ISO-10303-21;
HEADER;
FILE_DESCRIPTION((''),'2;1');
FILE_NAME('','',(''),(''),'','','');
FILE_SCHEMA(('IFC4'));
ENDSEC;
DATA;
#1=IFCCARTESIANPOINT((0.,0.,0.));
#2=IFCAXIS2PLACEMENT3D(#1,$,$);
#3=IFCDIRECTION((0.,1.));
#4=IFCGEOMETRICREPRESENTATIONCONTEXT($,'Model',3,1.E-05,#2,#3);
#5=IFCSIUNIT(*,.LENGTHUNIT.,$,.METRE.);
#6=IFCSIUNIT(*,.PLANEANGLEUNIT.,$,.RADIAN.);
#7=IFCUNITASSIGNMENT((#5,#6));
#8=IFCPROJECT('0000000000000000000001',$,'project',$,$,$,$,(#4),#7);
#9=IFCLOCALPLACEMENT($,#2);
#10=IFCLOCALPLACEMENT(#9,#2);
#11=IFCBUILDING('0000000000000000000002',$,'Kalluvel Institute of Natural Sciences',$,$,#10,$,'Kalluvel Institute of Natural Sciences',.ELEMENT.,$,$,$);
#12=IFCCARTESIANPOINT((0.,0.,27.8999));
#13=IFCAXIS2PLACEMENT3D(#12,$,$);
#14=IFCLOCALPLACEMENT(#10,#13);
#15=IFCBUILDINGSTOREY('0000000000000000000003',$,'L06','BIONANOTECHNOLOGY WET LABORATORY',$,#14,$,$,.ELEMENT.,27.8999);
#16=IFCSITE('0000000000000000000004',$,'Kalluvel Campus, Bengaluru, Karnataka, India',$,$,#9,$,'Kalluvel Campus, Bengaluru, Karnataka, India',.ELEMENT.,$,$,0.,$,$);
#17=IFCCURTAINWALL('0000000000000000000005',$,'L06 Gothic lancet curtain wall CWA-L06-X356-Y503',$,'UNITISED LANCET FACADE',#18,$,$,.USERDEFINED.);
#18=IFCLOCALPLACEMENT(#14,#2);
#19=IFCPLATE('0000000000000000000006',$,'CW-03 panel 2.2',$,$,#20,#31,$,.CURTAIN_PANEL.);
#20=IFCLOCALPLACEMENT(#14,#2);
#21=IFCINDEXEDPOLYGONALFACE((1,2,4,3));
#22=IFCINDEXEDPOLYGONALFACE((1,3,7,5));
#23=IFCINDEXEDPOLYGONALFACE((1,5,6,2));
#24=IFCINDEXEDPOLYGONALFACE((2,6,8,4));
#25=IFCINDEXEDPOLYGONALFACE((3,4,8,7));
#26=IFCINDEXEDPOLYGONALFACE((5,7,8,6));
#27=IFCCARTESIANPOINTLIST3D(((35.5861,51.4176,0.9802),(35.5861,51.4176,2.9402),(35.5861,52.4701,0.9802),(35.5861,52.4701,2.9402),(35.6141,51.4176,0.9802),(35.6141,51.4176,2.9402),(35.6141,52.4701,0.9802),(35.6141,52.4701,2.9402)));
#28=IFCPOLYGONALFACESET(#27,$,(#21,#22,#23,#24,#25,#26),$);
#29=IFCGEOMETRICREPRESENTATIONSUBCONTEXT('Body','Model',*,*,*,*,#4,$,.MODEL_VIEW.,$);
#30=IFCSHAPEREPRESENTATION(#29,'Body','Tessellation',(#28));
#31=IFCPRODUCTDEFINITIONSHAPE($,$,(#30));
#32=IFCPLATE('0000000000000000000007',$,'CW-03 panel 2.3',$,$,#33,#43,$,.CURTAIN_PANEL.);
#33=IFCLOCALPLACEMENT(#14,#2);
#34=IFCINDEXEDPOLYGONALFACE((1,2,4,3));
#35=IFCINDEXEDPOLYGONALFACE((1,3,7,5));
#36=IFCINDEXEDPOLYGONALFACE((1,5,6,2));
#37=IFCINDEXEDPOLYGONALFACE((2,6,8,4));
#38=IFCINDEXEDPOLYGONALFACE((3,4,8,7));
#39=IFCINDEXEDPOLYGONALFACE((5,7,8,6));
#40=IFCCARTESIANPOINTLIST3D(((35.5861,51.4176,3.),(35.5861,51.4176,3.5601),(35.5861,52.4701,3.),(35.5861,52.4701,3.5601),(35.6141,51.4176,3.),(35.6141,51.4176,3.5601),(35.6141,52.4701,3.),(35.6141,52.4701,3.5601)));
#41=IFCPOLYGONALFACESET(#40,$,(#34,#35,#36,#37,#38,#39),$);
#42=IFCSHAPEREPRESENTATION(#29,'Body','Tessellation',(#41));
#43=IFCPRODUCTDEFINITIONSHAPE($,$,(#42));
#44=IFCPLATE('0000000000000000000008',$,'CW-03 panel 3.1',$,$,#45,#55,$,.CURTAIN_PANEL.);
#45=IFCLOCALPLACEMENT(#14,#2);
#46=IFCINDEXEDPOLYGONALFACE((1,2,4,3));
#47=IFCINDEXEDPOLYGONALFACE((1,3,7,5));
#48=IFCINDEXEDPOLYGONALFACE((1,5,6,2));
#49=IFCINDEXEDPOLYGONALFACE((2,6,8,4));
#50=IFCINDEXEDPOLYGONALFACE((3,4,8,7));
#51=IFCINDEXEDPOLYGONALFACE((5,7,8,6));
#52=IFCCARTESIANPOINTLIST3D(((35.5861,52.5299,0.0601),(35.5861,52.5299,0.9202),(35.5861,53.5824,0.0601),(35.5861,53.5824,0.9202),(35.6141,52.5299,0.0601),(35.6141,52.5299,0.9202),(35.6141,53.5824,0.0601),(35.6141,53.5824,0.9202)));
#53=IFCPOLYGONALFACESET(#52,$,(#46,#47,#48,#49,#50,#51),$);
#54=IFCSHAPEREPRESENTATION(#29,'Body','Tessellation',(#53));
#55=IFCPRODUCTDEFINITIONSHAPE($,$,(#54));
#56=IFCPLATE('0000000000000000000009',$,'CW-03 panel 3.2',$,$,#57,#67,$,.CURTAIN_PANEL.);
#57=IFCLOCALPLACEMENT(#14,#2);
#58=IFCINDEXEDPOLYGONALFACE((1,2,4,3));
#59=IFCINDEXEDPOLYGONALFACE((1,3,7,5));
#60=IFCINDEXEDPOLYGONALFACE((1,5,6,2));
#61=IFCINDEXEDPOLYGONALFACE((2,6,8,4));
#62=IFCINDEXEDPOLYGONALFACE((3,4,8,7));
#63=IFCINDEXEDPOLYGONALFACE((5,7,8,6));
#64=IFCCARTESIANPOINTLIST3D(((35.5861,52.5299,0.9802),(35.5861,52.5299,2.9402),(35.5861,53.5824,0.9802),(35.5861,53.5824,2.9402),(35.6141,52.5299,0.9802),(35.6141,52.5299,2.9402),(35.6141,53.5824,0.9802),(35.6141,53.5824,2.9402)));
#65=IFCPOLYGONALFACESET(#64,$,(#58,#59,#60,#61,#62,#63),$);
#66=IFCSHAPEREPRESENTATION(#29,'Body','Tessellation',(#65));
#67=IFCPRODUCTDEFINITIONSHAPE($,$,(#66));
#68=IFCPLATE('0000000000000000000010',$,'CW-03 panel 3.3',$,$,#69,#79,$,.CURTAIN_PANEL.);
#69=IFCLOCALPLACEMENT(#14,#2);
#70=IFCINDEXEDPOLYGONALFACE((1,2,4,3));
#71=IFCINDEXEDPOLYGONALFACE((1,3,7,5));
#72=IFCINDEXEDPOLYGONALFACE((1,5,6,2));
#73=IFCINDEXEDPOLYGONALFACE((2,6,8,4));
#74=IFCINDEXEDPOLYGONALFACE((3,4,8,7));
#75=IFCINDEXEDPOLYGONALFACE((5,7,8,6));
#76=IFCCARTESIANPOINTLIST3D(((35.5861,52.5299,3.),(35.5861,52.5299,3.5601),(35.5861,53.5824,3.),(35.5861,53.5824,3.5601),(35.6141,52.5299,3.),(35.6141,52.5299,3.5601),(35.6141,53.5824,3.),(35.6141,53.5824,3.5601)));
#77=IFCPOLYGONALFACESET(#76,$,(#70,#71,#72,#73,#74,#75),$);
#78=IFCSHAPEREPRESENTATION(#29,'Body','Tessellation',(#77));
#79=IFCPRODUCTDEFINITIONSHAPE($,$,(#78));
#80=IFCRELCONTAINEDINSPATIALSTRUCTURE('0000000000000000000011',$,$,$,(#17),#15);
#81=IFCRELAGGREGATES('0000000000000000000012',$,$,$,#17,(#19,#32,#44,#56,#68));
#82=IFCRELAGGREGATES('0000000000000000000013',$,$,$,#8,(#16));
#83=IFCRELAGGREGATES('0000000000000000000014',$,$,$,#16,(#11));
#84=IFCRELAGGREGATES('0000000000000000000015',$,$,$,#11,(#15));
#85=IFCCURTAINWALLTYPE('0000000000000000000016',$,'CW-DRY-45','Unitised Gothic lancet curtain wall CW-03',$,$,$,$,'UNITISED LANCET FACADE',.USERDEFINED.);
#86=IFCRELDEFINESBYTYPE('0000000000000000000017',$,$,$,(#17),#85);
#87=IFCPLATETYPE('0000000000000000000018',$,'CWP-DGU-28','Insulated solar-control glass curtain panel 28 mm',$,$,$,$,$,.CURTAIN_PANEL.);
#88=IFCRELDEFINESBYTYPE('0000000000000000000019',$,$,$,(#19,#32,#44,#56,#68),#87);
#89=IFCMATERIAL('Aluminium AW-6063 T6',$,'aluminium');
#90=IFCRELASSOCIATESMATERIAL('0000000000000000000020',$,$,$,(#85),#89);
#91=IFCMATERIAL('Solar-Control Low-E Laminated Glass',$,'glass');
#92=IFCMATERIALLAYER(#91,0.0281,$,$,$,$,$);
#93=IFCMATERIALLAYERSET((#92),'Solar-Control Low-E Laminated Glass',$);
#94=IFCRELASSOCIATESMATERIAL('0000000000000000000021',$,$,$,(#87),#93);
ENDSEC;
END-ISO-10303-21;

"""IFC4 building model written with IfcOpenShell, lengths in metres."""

from ifc_helpers import new_model, si_unit, direction, frame, origin, origin_2d, place, context, subcontext, project, spatial, rectangle, extrude, material, layer, layer_set, type_object, element, aggregate, save


model = new_model("IFC4")

# Units and contexts
model_context = context("Model", 3, precision=1e-05, world=origin(), true_north=direction((0.0, 1.0)))
body_context = subcontext(model_context, "Body", "Model", "MODEL_VIEW")
ifc_project = project(units=[si_unit("LENGTHUNIT", "METRE"), si_unit("PLANEANGLEUNIT", "RADIAN")], contexts=[model_context])

# Site, building, storey
site_placement = place(None, origin())
site = spatial("IfcSite", under=ifc_project, at=site_placement, Name="Kalluvel Campus, Bengaluru, Karnataka, India", LongName="Kalluvel Campus, Bengaluru, Karnataka, India", CompositionType="ELEMENT", RefElevation=0.0)
building_placement = place(site_placement, origin())
building = spatial("IfcBuilding", under=site, at=building_placement, Name="Kalluvel Institute of Natural Sciences", LongName="Kalluvel Institute of Natural Sciences", CompositionType="ELEMENT")
storey_placement = place(building_placement, frame((0.0, 0.0, 27.8999)))
storey = spatial("IfcBuildingStorey", under=building, at=storey_placement, Name="L06", Description="BIONANOTECHNOLOGY WET LABORATORY", CompositionType="ELEMENT", Elevation=27.8999)

# Shared definitions
ifc_material_1 = material(Name="Aluminium AW-6063 T6", Category="aluminium")
curtain_wall_type = type_object("IfcCurtainWallType", Name="CW-DRY-45", Description="Unitised Gothic lancet curtain wall CW-03", ElementType="UNITISED LANCET FACADE", PredefinedType="USERDEFINED", material=ifc_material_1)

# Curtain wall
curtain_wall_1_placement = place(storey_placement, origin())
curtain_wall_1 = element("IfcCurtainWall", 1, at=curtain_wall_1_placement, inside=storey, type_object=curtain_wall_type, Name="L06 Gothic lancet curtain wall CWA-L06-X356-Y503", ObjectType="UNITISED LANCET FACADE", PredefinedType="USERDEFINED")

# Plates
ifc_material_2 = material(Name="Solar-Control Low-E Laminated Glass", Category="glass")
ifc_layer = layer(ifc_material_2, 0.0281)
ifc_layer_set = layer_set([ifc_layer], Name="Solar-Control Low-E Laminated Glass")
plate_type = type_object("IfcPlateType", Name="CWP-DGU-28", Description="Insulated solar-control glass curtain panel 28 mm", PredefinedType="CURTAIN_PANEL", material=ifc_layer_set)
plate_1_placement = place(storey_placement, frame((35.6001, 51.9438, 0.9802), z_axis=(0.0, 0.0, 1.0), x_axis=(0.0, 1.0, 0.0)))
plate_1 = element("IfcPlate", 2, at=plate_1_placement, type_object=plate_type, Name="CW-03 panel 2.2", PredefinedType="CURTAIN_PANEL", context=body_context, shape_type="SweptSolid", body=[
    extrude(rectangle(XDim=1.0525, YDim=0.0281, at=origin_2d()), origin(), (0.0, 0.0, 1.0), 1.96),
])
plate_2_placement = place(storey_placement, frame((35.6001, 51.9438, 3.0), z_axis=(0.0, 0.0, 1.0), x_axis=(0.0, 1.0, 0.0)))
plate_2 = element("IfcPlate", 3, at=plate_2_placement, type_object=plate_type, Name="CW-03 panel 2.3", PredefinedType="CURTAIN_PANEL", context=body_context, shape_type="SweptSolid", body=[
    extrude(rectangle(XDim=1.0525, YDim=0.0281, at=origin_2d()), origin(), (0.0, 0.0, 1.0), 0.5601),
])
plate_3_placement = place(storey_placement, frame((35.6001, 53.0562, 0.0601), z_axis=(0.0, 0.0, 1.0), x_axis=(0.0, 1.0, 0.0)))
plate_3 = element("IfcPlate", 4, at=plate_3_placement, type_object=plate_type, Name="CW-03 panel 3.1", PredefinedType="CURTAIN_PANEL", context=body_context, shape_type="SweptSolid", body=[
    extrude(rectangle(XDim=1.0525, YDim=0.0281, at=origin_2d()), origin(), (0.0, 0.0, 1.0), 0.8601),
])
plate_4_placement = place(storey_placement, frame((35.6001, 53.0562, 0.9802), z_axis=(0.0, 0.0, 1.0), x_axis=(0.0, 1.0, 0.0)))
plate_4 = element("IfcPlate", 5, at=plate_4_placement, type_object=plate_type, Name="CW-03 panel 3.2", PredefinedType="CURTAIN_PANEL", context=body_context, shape_type="SweptSolid", body=[
    extrude(rectangle(XDim=1.0525, YDim=0.0281, at=origin_2d()), origin(), (0.0, 0.0, 1.0), 1.96),
])
plate_5_placement = place(storey_placement, frame((35.6001, 53.0562, 3.0), z_axis=(0.0, 0.0, 1.0), x_axis=(0.0, 1.0, 0.0)))
plate_5 = element("IfcPlate", 6, at=plate_5_placement, type_object=plate_type, Name="CW-03 panel 3.3", PredefinedType="CURTAIN_PANEL", context=body_context, shape_type="SweptSolid", body=[
    extrude(rectangle(XDim=1.0525, YDim=0.0281, at=origin_2d()), origin(), (0.0, 0.0, 1.0), 0.5601),
])
aggregate(curtain_wall_1, [plate_1, plate_2, plate_3, plate_4, plate_5])

save(model, "model.ifc")
